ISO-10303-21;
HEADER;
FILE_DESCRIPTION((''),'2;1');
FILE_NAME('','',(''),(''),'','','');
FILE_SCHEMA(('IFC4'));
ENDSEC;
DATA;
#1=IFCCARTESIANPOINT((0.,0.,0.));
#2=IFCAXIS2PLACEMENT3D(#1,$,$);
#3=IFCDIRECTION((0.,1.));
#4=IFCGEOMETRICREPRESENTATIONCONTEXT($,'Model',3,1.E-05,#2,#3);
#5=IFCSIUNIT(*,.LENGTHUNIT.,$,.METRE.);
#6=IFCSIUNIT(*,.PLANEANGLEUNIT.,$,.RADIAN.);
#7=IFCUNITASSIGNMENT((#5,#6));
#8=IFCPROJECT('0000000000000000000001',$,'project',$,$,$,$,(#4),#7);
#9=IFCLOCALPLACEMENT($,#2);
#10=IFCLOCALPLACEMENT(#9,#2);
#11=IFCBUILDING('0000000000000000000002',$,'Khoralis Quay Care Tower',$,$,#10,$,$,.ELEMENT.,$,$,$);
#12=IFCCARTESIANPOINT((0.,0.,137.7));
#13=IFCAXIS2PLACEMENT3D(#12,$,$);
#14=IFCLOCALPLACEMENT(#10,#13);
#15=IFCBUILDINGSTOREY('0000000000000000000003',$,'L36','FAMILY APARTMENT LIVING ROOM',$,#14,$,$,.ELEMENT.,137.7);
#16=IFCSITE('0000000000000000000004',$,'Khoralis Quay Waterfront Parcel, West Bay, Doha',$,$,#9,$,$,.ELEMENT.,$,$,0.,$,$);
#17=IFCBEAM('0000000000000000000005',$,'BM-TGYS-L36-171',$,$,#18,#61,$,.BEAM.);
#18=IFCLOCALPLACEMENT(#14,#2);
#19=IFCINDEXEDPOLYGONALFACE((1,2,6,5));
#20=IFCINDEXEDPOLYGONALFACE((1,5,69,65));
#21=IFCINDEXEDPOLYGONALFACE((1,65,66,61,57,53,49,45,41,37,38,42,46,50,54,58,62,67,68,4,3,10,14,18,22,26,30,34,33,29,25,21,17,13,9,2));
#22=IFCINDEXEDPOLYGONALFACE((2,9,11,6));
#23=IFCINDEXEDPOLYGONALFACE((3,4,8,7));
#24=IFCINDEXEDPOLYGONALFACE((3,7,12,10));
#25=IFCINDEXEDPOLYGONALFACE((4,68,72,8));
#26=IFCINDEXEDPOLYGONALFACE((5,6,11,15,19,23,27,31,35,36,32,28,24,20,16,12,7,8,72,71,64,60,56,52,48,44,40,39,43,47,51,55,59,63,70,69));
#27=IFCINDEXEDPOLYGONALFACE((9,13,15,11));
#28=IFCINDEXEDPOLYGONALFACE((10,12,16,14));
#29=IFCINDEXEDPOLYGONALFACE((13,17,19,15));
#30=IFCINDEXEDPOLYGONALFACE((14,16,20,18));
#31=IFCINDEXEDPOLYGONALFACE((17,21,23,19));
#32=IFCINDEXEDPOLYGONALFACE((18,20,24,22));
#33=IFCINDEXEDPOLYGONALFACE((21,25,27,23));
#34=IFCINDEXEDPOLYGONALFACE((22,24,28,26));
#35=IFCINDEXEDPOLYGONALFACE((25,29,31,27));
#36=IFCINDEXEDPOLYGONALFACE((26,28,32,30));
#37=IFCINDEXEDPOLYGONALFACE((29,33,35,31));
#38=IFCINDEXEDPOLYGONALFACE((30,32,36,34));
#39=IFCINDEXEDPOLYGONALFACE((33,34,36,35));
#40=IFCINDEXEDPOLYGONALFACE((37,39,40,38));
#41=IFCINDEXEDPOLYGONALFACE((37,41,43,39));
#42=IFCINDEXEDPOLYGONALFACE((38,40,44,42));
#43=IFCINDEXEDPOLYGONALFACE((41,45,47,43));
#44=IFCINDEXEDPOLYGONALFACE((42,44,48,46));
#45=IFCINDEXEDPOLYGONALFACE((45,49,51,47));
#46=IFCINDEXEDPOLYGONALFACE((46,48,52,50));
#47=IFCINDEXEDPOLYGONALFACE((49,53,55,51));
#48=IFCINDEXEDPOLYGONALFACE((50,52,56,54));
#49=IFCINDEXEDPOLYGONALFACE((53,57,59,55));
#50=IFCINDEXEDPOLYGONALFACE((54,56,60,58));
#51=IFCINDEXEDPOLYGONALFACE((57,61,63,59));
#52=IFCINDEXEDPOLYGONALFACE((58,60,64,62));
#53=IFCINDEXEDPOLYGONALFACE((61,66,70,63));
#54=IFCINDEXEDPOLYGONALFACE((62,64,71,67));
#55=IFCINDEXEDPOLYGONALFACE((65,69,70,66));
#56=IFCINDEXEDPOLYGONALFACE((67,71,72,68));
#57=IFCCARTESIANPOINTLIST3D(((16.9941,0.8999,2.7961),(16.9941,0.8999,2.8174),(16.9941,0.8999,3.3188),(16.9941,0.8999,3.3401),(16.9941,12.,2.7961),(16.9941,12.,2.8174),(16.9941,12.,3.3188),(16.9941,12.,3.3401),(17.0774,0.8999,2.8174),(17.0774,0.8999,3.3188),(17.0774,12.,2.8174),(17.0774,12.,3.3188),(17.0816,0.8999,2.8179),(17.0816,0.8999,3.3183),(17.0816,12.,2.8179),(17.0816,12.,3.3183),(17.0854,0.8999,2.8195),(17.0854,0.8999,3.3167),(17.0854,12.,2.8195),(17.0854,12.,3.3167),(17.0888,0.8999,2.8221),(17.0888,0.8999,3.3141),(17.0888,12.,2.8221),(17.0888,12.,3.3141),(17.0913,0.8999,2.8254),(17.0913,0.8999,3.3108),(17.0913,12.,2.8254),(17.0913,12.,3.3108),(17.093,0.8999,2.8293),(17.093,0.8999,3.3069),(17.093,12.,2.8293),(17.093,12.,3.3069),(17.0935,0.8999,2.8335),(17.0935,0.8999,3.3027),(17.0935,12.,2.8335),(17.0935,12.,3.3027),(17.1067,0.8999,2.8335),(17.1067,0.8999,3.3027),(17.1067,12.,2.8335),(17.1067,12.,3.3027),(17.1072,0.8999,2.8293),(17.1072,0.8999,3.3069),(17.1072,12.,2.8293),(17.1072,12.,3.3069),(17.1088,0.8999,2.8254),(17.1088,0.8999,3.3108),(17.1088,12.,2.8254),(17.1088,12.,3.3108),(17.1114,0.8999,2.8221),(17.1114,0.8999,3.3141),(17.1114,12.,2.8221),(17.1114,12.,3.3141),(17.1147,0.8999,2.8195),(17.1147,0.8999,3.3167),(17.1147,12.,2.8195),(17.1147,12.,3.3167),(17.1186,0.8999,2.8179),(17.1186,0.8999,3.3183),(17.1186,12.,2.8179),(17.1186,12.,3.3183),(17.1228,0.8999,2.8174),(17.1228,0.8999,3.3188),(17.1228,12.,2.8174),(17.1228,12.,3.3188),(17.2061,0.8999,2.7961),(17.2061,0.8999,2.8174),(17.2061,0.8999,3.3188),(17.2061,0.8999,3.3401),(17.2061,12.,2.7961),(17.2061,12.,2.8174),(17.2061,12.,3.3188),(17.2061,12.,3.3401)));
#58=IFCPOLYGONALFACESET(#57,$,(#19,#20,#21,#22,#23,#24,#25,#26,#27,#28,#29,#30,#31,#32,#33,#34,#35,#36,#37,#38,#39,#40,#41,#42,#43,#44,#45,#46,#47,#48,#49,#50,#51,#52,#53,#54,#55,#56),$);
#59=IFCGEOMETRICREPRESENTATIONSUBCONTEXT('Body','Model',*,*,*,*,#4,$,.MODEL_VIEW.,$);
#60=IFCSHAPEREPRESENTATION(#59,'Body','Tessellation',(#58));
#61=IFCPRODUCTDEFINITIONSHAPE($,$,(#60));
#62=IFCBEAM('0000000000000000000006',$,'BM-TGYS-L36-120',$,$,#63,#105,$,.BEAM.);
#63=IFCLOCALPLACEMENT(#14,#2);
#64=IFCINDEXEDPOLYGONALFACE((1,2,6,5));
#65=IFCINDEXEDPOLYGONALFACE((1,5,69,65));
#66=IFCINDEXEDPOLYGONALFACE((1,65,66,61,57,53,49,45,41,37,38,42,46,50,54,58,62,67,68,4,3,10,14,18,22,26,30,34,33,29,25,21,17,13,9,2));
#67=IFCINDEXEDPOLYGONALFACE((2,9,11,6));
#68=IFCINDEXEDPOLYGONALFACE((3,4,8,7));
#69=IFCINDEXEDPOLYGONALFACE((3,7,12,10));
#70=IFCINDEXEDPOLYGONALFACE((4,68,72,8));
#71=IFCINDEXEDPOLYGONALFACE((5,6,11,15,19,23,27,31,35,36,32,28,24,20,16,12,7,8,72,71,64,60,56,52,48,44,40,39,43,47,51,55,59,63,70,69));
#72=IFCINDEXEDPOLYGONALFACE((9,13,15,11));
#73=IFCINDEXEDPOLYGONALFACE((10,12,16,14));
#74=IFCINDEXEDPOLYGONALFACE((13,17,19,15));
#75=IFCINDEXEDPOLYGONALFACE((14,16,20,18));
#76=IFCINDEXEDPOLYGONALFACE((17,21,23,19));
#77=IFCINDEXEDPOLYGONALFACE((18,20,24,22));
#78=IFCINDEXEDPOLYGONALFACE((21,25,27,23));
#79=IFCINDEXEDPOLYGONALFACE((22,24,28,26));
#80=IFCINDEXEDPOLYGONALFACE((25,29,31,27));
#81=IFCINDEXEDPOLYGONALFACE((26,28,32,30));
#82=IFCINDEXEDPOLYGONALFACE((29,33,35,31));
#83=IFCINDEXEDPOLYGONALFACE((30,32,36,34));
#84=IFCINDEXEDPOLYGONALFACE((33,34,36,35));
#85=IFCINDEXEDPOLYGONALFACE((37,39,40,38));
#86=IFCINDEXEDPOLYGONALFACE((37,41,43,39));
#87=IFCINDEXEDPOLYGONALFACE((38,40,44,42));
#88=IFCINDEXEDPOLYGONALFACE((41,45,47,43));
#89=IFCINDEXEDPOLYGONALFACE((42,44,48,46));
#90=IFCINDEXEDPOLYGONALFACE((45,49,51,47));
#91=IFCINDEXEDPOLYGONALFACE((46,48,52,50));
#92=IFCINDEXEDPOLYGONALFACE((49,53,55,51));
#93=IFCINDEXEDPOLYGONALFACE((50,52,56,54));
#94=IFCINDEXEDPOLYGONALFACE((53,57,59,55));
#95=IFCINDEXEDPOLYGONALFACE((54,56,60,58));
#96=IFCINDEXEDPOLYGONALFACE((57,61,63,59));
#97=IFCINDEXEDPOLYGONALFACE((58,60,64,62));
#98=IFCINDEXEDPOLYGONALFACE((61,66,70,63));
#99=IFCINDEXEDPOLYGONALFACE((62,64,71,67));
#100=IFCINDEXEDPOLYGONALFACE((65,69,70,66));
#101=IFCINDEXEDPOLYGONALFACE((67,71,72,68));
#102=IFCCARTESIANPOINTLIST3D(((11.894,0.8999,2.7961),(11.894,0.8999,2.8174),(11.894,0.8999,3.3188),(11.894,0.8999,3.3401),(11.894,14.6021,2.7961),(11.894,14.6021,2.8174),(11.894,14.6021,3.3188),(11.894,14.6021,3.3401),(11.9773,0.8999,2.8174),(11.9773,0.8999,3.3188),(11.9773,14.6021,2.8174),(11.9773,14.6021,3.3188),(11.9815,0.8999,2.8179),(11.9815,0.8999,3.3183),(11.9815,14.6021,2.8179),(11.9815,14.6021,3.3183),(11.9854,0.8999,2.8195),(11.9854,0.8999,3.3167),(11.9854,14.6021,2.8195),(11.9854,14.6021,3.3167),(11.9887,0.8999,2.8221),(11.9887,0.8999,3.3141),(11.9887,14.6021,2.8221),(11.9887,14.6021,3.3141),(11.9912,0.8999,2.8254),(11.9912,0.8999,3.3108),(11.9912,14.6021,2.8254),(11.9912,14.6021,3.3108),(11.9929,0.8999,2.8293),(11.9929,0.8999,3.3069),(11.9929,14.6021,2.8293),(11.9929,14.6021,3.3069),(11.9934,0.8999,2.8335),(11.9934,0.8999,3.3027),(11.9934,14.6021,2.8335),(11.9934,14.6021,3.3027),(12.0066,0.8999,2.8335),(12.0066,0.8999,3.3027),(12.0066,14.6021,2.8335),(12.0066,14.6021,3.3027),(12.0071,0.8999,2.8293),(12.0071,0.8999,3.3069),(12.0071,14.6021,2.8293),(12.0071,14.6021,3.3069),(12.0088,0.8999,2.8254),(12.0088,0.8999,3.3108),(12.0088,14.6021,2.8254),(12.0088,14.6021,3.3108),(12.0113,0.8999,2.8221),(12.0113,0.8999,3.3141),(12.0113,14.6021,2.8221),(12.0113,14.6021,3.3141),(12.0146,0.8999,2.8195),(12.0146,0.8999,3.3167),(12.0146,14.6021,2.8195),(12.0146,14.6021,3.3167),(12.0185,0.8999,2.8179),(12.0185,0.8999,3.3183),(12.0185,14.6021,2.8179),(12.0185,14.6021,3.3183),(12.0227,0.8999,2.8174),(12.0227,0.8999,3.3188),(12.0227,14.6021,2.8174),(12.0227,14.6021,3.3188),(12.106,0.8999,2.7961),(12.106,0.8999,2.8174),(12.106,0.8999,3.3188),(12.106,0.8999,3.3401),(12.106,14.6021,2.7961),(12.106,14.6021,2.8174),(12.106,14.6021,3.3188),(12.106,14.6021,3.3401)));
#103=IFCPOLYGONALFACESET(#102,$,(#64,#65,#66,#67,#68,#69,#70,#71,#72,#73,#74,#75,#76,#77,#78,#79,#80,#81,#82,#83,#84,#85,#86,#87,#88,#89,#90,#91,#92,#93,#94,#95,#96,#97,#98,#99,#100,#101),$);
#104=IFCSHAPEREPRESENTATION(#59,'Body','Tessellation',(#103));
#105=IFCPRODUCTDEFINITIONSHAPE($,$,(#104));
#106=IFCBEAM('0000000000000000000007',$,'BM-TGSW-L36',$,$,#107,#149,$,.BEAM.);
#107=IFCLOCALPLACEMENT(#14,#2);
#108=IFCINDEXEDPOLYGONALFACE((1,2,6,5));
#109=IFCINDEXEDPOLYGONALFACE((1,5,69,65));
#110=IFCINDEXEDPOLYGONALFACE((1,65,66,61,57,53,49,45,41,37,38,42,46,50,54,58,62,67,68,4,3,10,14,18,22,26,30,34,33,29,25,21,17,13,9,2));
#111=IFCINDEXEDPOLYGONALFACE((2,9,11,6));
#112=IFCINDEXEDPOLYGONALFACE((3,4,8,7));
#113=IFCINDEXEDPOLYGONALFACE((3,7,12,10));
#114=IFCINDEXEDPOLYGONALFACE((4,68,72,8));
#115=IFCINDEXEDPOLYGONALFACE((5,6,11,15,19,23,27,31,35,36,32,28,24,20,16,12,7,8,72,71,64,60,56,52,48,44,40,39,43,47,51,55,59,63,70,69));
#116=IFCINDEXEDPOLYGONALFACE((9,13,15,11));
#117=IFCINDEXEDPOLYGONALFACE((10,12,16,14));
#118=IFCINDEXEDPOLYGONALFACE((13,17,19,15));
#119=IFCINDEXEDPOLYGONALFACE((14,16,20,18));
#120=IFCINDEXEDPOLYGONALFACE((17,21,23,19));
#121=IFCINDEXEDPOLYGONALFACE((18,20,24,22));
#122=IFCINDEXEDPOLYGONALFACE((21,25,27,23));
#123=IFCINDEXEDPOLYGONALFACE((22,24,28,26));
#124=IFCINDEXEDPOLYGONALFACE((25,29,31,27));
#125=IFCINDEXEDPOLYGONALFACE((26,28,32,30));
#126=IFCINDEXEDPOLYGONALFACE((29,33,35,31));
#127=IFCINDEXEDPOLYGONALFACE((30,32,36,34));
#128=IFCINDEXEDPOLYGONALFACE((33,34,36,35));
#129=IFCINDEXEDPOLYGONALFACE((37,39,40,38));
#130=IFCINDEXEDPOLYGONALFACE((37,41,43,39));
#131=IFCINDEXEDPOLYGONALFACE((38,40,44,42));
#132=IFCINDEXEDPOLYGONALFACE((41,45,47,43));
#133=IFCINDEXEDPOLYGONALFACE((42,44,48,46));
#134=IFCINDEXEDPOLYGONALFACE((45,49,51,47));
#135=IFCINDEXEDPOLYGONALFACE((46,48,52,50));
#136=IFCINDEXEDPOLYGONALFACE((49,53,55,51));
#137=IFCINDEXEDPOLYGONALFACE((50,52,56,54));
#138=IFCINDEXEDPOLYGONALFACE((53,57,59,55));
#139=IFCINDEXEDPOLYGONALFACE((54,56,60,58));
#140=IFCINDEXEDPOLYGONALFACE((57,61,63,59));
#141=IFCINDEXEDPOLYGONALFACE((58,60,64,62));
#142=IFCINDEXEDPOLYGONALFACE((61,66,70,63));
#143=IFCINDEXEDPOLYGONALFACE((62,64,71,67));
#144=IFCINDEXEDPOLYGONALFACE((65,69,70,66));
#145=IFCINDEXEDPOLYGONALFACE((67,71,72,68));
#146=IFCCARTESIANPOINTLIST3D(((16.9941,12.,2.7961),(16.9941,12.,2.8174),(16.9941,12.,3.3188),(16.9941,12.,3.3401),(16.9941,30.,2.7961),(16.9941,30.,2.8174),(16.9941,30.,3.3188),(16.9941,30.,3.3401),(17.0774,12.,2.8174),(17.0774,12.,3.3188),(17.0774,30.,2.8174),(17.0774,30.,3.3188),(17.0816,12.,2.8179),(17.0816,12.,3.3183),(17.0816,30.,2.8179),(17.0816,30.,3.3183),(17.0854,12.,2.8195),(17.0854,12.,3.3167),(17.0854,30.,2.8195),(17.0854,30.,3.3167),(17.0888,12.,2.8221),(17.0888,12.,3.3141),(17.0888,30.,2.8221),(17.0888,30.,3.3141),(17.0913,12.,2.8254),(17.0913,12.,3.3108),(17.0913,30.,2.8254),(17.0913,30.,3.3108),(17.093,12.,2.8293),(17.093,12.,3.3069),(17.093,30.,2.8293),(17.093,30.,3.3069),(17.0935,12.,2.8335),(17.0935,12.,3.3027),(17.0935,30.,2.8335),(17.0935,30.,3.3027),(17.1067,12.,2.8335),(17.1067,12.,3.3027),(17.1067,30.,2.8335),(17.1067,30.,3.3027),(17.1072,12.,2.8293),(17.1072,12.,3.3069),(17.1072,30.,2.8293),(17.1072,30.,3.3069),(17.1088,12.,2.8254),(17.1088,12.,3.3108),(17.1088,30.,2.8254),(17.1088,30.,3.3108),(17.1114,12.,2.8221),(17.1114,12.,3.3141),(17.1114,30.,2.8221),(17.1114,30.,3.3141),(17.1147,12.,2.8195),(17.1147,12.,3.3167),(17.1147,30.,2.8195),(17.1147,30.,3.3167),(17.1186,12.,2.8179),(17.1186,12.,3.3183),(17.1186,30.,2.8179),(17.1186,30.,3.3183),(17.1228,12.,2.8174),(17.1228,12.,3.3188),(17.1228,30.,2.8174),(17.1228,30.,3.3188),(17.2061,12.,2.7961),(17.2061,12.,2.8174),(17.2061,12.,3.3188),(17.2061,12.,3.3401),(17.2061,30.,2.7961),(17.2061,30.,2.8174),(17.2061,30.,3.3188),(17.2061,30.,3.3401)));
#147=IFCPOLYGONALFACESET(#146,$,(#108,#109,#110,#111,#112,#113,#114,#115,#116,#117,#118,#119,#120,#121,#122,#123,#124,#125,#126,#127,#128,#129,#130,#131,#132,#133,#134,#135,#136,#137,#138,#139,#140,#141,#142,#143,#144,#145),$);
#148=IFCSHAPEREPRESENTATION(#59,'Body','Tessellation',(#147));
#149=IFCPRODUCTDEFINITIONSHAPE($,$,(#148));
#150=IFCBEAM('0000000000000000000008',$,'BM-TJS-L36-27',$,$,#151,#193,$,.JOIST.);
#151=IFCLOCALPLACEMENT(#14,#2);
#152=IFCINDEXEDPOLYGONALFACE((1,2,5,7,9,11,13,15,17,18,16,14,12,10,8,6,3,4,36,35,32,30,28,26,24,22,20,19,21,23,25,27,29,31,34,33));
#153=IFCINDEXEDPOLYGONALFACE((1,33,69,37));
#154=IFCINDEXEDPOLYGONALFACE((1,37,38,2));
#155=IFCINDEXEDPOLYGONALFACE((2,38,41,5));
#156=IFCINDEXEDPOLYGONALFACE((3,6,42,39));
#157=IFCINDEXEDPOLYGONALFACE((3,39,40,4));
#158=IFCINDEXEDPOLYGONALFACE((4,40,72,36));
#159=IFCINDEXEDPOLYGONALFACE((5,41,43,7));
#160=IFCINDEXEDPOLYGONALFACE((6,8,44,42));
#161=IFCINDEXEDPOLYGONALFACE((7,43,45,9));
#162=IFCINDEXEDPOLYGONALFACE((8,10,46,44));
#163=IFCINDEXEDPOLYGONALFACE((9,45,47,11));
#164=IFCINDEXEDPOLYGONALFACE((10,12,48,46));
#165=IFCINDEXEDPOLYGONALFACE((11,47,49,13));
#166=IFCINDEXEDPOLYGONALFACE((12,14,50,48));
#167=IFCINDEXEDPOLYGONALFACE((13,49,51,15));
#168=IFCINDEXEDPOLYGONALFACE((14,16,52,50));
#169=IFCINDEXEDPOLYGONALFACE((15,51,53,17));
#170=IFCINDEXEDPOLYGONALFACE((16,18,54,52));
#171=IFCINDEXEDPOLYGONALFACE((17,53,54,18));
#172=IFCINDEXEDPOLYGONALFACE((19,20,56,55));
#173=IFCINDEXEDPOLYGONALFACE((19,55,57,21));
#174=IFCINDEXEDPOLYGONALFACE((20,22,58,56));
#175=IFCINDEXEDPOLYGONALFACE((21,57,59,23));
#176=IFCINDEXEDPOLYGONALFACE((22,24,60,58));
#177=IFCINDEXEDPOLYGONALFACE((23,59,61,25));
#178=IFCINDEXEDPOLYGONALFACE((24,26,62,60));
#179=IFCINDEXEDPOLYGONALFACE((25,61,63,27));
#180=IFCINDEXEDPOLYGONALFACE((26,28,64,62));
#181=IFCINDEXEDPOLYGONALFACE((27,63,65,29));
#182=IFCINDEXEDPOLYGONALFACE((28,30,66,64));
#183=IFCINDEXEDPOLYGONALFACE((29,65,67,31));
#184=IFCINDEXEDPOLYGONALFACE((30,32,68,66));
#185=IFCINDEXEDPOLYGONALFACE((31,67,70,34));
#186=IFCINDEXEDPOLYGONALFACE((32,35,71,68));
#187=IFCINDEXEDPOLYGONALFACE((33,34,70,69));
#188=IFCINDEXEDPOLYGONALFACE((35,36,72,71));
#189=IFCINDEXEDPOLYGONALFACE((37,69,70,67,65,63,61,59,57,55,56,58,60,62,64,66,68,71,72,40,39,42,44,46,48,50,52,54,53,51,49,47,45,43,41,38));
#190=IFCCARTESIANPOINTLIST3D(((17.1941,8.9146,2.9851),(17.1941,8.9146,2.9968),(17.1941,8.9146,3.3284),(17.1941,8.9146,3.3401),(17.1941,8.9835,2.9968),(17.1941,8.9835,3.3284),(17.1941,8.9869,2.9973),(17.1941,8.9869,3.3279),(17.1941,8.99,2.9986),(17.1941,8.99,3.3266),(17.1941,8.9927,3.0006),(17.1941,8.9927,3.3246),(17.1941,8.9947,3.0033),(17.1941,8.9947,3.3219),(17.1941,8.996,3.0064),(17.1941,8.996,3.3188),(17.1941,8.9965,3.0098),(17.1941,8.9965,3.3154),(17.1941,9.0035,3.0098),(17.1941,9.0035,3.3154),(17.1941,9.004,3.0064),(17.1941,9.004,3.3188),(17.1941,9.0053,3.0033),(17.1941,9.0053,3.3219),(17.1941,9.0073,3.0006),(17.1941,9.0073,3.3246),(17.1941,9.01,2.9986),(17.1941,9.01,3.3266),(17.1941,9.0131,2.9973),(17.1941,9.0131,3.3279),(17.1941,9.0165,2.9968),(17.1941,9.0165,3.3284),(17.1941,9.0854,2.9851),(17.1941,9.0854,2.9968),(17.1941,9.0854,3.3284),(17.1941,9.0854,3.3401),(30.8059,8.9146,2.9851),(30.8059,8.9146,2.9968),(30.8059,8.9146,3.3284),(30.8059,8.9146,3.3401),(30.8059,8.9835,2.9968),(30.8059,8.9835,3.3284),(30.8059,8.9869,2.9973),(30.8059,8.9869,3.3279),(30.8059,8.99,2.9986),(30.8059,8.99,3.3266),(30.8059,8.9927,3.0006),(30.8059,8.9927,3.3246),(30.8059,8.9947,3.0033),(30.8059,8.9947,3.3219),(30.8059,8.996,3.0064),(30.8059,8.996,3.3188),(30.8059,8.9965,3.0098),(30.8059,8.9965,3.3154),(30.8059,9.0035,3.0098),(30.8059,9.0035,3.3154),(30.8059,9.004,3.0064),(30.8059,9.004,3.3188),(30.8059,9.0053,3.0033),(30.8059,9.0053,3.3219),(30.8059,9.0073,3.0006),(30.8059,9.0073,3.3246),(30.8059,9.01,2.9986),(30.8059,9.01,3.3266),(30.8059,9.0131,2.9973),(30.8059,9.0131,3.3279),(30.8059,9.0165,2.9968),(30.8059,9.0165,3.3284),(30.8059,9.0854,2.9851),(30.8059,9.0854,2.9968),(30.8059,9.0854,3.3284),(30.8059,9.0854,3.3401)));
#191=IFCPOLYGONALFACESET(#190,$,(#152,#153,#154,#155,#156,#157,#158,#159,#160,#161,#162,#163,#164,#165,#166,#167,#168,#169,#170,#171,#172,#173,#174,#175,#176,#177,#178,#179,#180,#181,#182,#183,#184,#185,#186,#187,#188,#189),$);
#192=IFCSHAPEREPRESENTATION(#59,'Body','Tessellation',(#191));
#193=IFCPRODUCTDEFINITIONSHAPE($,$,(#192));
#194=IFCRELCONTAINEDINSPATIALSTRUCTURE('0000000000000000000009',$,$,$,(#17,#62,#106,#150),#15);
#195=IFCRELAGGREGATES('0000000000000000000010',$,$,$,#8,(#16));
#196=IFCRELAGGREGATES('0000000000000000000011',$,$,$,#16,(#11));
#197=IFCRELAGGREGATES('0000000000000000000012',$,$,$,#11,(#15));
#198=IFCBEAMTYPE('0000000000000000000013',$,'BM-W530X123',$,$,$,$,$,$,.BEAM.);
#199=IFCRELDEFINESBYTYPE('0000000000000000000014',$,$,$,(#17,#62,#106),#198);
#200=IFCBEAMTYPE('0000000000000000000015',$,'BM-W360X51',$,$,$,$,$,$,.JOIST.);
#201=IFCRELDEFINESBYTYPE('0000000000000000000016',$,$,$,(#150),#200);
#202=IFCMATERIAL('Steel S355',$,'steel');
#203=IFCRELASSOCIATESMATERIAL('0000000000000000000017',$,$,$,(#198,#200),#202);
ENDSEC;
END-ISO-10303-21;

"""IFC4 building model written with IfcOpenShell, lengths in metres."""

from ifc_helpers import new_model, si_unit, direction, frame, origin, origin_2d, place, context, subcontext, project, spatial, i_section, extrude, source, transform, mapped, material, material_profile, profile_set, type_object, element, save


model = new_model("IFC4")

# Units and contexts
model_context = context("Model", 3, precision=1e-05, world=origin(), true_north=direction((0.0, 1.0)))
body_context = subcontext(model_context, "Body", "Model", "MODEL_VIEW")
ifc_project = project(units=[si_unit("LENGTHUNIT", "METRE"), si_unit("PLANEANGLEUNIT", "RADIAN")], contexts=[model_context])

# Site, building, storey
site_placement = place(None, origin())
site = spatial("IfcSite", under=ifc_project, at=site_placement, Name="Khoralis Quay Waterfront Parcel, West Bay, Doha", CompositionType="ELEMENT", RefElevation=0.0)
building_placement = place(site_placement, origin())
building = spatial("IfcBuilding", under=site, at=building_placement, Name="Khoralis Quay Care Tower", CompositionType="ELEMENT")
storey_placement = place(building_placement, frame((0.0, 0.0, 137.7)))
storey = spatial("IfcBuildingStorey", under=building, at=storey_placement, Name="L36", Description="FAMILY APARTMENT LIVING ROOM", CompositionType="ELEMENT", Elevation=137.7)

# Beams
ifc_material_1 = material(Name="Steel S355", Category="steel")
ifc_material_profile_1 = material_profile(ifc_material_1, i_section(OverallWidth=0.2119, OverallDepth=0.5439, WebThickness=0.0132, FlangeThickness=0.0212, FilletRadius=0.0161, at=origin_2d()), Name="Steel S355")
ifc_profile_set_1 = profile_set([ifc_material_profile_1], Name="Steel S355")
beam_type_1 = type_object("IfcBeamType", Name="BM-W530X123", PredefinedType="BEAM", material=ifc_profile_set_1)
shared_shape_1 = source(origin(), body_context, "Body", "SweptSolid", [
    extrude(i_section(OverallWidth=0.2119, OverallDepth=0.5439, WebThickness=0.0132, FlangeThickness=0.0212, FilletRadius=0.0161, at=origin_2d()), origin(), (0.0, 0.0, 1.0), 11.1001),
])
beam_1_placement = place(storey_placement, frame((17.1001, 0.8999, 3.0681), z_axis=(0.0, 1.0, 0.0), x_axis=(-1.0, 0.0, 0.0)))
element("IfcBeam", 1, at=beam_1_placement, inside=storey, type_object=beam_type_1, Name="BM-TGYS-L36-171", PredefinedType="BEAM", context=body_context, shape_type="MappedRepresentation", body=[
    mapped(shared_shape_1, transform((0.0, 0.0, 0.0), scale=1.0)),
])
shared_shape_2 = source(origin(), body_context, "Body", "SweptSolid", [
    extrude(i_section(OverallWidth=0.2119, OverallDepth=0.5439, WebThickness=0.0132, FlangeThickness=0.0212, FilletRadius=0.0161, at=origin_2d()), origin(), (0.0, 0.0, 1.0), 13.7021),
])
beam_2_placement = place(storey_placement, frame((12.0, 0.8999, 3.0681), z_axis=(0.0, 1.0, 0.0), x_axis=(-1.0, 0.0, 0.0)))
element("IfcBeam", 2, at=beam_2_placement, inside=storey, type_object=beam_type_1, Name="BM-TGYS-L36-120", PredefinedType="BEAM", context=body_context, shape_type="MappedRepresentation", body=[
    mapped(shared_shape_2, transform((0.0, 0.0, 0.0), scale=1.0)),
])
shared_shape_3 = source(origin(), body_context, "Body", "SweptSolid", [
    extrude(i_section(OverallWidth=0.2119, OverallDepth=0.5439, WebThickness=0.0132, FlangeThickness=0.0212, FilletRadius=0.0161, at=origin_2d()), origin(), (0.0, 0.0, 1.0), 18.0),
])
beam_3_placement = place(storey_placement, frame((17.1001, 12.0, 3.0681), z_axis=(0.0, 1.0, 0.0), x_axis=(-1.0, 0.0, 0.0)))
element("IfcBeam", 3, at=beam_3_placement, inside=storey, type_object=beam_type_1, Name="BM-TGSW-L36", PredefinedType="BEAM", context=body_context, shape_type="MappedRepresentation", body=[
    mapped(shared_shape_3, transform((0.0, 0.0, 0.0), scale=1.0)),
])
ifc_material_profile_2 = material_profile(ifc_material_1, i_section(OverallWidth=0.1709, OverallDepth=0.355, WebThickness=0.0071, FlangeThickness=0.0117, FilletRadius=0.0129, at=origin_2d()), Name="Steel S355")
ifc_profile_set_2 = profile_set([ifc_material_profile_2], Name="Steel S355")
beam_type_2 = type_object("IfcBeamType", Name="BM-W360X51", PredefinedType="JOIST", material=ifc_profile_set_2)
shared_shape_4 = source(origin(), body_context, "Body", "SweptSolid", [
    extrude(i_section(OverallWidth=0.1709, OverallDepth=0.355, WebThickness=0.0071, FlangeThickness=0.0117, FilletRadius=0.0129, at=origin_2d()), origin(), (0.0, 0.0, 1.0), 13.6118),
])
beam_4_placement = place(storey_placement, frame((17.1941, 9.0, 3.1626), z_axis=(1.0, 0.0, 0.0), x_axis=(0.0, 1.0, 0.0)))
element("IfcBeam", 4, at=beam_4_placement, inside=storey, type_object=beam_type_2, Name="BM-TJS-L36-27", PredefinedType="JOIST", context=body_context, shape_type="MappedRepresentation", body=[
    mapped(shared_shape_4, transform((0.0, 0.0, 0.0), scale=1.0)),
])

save(model, "model.ifc")
